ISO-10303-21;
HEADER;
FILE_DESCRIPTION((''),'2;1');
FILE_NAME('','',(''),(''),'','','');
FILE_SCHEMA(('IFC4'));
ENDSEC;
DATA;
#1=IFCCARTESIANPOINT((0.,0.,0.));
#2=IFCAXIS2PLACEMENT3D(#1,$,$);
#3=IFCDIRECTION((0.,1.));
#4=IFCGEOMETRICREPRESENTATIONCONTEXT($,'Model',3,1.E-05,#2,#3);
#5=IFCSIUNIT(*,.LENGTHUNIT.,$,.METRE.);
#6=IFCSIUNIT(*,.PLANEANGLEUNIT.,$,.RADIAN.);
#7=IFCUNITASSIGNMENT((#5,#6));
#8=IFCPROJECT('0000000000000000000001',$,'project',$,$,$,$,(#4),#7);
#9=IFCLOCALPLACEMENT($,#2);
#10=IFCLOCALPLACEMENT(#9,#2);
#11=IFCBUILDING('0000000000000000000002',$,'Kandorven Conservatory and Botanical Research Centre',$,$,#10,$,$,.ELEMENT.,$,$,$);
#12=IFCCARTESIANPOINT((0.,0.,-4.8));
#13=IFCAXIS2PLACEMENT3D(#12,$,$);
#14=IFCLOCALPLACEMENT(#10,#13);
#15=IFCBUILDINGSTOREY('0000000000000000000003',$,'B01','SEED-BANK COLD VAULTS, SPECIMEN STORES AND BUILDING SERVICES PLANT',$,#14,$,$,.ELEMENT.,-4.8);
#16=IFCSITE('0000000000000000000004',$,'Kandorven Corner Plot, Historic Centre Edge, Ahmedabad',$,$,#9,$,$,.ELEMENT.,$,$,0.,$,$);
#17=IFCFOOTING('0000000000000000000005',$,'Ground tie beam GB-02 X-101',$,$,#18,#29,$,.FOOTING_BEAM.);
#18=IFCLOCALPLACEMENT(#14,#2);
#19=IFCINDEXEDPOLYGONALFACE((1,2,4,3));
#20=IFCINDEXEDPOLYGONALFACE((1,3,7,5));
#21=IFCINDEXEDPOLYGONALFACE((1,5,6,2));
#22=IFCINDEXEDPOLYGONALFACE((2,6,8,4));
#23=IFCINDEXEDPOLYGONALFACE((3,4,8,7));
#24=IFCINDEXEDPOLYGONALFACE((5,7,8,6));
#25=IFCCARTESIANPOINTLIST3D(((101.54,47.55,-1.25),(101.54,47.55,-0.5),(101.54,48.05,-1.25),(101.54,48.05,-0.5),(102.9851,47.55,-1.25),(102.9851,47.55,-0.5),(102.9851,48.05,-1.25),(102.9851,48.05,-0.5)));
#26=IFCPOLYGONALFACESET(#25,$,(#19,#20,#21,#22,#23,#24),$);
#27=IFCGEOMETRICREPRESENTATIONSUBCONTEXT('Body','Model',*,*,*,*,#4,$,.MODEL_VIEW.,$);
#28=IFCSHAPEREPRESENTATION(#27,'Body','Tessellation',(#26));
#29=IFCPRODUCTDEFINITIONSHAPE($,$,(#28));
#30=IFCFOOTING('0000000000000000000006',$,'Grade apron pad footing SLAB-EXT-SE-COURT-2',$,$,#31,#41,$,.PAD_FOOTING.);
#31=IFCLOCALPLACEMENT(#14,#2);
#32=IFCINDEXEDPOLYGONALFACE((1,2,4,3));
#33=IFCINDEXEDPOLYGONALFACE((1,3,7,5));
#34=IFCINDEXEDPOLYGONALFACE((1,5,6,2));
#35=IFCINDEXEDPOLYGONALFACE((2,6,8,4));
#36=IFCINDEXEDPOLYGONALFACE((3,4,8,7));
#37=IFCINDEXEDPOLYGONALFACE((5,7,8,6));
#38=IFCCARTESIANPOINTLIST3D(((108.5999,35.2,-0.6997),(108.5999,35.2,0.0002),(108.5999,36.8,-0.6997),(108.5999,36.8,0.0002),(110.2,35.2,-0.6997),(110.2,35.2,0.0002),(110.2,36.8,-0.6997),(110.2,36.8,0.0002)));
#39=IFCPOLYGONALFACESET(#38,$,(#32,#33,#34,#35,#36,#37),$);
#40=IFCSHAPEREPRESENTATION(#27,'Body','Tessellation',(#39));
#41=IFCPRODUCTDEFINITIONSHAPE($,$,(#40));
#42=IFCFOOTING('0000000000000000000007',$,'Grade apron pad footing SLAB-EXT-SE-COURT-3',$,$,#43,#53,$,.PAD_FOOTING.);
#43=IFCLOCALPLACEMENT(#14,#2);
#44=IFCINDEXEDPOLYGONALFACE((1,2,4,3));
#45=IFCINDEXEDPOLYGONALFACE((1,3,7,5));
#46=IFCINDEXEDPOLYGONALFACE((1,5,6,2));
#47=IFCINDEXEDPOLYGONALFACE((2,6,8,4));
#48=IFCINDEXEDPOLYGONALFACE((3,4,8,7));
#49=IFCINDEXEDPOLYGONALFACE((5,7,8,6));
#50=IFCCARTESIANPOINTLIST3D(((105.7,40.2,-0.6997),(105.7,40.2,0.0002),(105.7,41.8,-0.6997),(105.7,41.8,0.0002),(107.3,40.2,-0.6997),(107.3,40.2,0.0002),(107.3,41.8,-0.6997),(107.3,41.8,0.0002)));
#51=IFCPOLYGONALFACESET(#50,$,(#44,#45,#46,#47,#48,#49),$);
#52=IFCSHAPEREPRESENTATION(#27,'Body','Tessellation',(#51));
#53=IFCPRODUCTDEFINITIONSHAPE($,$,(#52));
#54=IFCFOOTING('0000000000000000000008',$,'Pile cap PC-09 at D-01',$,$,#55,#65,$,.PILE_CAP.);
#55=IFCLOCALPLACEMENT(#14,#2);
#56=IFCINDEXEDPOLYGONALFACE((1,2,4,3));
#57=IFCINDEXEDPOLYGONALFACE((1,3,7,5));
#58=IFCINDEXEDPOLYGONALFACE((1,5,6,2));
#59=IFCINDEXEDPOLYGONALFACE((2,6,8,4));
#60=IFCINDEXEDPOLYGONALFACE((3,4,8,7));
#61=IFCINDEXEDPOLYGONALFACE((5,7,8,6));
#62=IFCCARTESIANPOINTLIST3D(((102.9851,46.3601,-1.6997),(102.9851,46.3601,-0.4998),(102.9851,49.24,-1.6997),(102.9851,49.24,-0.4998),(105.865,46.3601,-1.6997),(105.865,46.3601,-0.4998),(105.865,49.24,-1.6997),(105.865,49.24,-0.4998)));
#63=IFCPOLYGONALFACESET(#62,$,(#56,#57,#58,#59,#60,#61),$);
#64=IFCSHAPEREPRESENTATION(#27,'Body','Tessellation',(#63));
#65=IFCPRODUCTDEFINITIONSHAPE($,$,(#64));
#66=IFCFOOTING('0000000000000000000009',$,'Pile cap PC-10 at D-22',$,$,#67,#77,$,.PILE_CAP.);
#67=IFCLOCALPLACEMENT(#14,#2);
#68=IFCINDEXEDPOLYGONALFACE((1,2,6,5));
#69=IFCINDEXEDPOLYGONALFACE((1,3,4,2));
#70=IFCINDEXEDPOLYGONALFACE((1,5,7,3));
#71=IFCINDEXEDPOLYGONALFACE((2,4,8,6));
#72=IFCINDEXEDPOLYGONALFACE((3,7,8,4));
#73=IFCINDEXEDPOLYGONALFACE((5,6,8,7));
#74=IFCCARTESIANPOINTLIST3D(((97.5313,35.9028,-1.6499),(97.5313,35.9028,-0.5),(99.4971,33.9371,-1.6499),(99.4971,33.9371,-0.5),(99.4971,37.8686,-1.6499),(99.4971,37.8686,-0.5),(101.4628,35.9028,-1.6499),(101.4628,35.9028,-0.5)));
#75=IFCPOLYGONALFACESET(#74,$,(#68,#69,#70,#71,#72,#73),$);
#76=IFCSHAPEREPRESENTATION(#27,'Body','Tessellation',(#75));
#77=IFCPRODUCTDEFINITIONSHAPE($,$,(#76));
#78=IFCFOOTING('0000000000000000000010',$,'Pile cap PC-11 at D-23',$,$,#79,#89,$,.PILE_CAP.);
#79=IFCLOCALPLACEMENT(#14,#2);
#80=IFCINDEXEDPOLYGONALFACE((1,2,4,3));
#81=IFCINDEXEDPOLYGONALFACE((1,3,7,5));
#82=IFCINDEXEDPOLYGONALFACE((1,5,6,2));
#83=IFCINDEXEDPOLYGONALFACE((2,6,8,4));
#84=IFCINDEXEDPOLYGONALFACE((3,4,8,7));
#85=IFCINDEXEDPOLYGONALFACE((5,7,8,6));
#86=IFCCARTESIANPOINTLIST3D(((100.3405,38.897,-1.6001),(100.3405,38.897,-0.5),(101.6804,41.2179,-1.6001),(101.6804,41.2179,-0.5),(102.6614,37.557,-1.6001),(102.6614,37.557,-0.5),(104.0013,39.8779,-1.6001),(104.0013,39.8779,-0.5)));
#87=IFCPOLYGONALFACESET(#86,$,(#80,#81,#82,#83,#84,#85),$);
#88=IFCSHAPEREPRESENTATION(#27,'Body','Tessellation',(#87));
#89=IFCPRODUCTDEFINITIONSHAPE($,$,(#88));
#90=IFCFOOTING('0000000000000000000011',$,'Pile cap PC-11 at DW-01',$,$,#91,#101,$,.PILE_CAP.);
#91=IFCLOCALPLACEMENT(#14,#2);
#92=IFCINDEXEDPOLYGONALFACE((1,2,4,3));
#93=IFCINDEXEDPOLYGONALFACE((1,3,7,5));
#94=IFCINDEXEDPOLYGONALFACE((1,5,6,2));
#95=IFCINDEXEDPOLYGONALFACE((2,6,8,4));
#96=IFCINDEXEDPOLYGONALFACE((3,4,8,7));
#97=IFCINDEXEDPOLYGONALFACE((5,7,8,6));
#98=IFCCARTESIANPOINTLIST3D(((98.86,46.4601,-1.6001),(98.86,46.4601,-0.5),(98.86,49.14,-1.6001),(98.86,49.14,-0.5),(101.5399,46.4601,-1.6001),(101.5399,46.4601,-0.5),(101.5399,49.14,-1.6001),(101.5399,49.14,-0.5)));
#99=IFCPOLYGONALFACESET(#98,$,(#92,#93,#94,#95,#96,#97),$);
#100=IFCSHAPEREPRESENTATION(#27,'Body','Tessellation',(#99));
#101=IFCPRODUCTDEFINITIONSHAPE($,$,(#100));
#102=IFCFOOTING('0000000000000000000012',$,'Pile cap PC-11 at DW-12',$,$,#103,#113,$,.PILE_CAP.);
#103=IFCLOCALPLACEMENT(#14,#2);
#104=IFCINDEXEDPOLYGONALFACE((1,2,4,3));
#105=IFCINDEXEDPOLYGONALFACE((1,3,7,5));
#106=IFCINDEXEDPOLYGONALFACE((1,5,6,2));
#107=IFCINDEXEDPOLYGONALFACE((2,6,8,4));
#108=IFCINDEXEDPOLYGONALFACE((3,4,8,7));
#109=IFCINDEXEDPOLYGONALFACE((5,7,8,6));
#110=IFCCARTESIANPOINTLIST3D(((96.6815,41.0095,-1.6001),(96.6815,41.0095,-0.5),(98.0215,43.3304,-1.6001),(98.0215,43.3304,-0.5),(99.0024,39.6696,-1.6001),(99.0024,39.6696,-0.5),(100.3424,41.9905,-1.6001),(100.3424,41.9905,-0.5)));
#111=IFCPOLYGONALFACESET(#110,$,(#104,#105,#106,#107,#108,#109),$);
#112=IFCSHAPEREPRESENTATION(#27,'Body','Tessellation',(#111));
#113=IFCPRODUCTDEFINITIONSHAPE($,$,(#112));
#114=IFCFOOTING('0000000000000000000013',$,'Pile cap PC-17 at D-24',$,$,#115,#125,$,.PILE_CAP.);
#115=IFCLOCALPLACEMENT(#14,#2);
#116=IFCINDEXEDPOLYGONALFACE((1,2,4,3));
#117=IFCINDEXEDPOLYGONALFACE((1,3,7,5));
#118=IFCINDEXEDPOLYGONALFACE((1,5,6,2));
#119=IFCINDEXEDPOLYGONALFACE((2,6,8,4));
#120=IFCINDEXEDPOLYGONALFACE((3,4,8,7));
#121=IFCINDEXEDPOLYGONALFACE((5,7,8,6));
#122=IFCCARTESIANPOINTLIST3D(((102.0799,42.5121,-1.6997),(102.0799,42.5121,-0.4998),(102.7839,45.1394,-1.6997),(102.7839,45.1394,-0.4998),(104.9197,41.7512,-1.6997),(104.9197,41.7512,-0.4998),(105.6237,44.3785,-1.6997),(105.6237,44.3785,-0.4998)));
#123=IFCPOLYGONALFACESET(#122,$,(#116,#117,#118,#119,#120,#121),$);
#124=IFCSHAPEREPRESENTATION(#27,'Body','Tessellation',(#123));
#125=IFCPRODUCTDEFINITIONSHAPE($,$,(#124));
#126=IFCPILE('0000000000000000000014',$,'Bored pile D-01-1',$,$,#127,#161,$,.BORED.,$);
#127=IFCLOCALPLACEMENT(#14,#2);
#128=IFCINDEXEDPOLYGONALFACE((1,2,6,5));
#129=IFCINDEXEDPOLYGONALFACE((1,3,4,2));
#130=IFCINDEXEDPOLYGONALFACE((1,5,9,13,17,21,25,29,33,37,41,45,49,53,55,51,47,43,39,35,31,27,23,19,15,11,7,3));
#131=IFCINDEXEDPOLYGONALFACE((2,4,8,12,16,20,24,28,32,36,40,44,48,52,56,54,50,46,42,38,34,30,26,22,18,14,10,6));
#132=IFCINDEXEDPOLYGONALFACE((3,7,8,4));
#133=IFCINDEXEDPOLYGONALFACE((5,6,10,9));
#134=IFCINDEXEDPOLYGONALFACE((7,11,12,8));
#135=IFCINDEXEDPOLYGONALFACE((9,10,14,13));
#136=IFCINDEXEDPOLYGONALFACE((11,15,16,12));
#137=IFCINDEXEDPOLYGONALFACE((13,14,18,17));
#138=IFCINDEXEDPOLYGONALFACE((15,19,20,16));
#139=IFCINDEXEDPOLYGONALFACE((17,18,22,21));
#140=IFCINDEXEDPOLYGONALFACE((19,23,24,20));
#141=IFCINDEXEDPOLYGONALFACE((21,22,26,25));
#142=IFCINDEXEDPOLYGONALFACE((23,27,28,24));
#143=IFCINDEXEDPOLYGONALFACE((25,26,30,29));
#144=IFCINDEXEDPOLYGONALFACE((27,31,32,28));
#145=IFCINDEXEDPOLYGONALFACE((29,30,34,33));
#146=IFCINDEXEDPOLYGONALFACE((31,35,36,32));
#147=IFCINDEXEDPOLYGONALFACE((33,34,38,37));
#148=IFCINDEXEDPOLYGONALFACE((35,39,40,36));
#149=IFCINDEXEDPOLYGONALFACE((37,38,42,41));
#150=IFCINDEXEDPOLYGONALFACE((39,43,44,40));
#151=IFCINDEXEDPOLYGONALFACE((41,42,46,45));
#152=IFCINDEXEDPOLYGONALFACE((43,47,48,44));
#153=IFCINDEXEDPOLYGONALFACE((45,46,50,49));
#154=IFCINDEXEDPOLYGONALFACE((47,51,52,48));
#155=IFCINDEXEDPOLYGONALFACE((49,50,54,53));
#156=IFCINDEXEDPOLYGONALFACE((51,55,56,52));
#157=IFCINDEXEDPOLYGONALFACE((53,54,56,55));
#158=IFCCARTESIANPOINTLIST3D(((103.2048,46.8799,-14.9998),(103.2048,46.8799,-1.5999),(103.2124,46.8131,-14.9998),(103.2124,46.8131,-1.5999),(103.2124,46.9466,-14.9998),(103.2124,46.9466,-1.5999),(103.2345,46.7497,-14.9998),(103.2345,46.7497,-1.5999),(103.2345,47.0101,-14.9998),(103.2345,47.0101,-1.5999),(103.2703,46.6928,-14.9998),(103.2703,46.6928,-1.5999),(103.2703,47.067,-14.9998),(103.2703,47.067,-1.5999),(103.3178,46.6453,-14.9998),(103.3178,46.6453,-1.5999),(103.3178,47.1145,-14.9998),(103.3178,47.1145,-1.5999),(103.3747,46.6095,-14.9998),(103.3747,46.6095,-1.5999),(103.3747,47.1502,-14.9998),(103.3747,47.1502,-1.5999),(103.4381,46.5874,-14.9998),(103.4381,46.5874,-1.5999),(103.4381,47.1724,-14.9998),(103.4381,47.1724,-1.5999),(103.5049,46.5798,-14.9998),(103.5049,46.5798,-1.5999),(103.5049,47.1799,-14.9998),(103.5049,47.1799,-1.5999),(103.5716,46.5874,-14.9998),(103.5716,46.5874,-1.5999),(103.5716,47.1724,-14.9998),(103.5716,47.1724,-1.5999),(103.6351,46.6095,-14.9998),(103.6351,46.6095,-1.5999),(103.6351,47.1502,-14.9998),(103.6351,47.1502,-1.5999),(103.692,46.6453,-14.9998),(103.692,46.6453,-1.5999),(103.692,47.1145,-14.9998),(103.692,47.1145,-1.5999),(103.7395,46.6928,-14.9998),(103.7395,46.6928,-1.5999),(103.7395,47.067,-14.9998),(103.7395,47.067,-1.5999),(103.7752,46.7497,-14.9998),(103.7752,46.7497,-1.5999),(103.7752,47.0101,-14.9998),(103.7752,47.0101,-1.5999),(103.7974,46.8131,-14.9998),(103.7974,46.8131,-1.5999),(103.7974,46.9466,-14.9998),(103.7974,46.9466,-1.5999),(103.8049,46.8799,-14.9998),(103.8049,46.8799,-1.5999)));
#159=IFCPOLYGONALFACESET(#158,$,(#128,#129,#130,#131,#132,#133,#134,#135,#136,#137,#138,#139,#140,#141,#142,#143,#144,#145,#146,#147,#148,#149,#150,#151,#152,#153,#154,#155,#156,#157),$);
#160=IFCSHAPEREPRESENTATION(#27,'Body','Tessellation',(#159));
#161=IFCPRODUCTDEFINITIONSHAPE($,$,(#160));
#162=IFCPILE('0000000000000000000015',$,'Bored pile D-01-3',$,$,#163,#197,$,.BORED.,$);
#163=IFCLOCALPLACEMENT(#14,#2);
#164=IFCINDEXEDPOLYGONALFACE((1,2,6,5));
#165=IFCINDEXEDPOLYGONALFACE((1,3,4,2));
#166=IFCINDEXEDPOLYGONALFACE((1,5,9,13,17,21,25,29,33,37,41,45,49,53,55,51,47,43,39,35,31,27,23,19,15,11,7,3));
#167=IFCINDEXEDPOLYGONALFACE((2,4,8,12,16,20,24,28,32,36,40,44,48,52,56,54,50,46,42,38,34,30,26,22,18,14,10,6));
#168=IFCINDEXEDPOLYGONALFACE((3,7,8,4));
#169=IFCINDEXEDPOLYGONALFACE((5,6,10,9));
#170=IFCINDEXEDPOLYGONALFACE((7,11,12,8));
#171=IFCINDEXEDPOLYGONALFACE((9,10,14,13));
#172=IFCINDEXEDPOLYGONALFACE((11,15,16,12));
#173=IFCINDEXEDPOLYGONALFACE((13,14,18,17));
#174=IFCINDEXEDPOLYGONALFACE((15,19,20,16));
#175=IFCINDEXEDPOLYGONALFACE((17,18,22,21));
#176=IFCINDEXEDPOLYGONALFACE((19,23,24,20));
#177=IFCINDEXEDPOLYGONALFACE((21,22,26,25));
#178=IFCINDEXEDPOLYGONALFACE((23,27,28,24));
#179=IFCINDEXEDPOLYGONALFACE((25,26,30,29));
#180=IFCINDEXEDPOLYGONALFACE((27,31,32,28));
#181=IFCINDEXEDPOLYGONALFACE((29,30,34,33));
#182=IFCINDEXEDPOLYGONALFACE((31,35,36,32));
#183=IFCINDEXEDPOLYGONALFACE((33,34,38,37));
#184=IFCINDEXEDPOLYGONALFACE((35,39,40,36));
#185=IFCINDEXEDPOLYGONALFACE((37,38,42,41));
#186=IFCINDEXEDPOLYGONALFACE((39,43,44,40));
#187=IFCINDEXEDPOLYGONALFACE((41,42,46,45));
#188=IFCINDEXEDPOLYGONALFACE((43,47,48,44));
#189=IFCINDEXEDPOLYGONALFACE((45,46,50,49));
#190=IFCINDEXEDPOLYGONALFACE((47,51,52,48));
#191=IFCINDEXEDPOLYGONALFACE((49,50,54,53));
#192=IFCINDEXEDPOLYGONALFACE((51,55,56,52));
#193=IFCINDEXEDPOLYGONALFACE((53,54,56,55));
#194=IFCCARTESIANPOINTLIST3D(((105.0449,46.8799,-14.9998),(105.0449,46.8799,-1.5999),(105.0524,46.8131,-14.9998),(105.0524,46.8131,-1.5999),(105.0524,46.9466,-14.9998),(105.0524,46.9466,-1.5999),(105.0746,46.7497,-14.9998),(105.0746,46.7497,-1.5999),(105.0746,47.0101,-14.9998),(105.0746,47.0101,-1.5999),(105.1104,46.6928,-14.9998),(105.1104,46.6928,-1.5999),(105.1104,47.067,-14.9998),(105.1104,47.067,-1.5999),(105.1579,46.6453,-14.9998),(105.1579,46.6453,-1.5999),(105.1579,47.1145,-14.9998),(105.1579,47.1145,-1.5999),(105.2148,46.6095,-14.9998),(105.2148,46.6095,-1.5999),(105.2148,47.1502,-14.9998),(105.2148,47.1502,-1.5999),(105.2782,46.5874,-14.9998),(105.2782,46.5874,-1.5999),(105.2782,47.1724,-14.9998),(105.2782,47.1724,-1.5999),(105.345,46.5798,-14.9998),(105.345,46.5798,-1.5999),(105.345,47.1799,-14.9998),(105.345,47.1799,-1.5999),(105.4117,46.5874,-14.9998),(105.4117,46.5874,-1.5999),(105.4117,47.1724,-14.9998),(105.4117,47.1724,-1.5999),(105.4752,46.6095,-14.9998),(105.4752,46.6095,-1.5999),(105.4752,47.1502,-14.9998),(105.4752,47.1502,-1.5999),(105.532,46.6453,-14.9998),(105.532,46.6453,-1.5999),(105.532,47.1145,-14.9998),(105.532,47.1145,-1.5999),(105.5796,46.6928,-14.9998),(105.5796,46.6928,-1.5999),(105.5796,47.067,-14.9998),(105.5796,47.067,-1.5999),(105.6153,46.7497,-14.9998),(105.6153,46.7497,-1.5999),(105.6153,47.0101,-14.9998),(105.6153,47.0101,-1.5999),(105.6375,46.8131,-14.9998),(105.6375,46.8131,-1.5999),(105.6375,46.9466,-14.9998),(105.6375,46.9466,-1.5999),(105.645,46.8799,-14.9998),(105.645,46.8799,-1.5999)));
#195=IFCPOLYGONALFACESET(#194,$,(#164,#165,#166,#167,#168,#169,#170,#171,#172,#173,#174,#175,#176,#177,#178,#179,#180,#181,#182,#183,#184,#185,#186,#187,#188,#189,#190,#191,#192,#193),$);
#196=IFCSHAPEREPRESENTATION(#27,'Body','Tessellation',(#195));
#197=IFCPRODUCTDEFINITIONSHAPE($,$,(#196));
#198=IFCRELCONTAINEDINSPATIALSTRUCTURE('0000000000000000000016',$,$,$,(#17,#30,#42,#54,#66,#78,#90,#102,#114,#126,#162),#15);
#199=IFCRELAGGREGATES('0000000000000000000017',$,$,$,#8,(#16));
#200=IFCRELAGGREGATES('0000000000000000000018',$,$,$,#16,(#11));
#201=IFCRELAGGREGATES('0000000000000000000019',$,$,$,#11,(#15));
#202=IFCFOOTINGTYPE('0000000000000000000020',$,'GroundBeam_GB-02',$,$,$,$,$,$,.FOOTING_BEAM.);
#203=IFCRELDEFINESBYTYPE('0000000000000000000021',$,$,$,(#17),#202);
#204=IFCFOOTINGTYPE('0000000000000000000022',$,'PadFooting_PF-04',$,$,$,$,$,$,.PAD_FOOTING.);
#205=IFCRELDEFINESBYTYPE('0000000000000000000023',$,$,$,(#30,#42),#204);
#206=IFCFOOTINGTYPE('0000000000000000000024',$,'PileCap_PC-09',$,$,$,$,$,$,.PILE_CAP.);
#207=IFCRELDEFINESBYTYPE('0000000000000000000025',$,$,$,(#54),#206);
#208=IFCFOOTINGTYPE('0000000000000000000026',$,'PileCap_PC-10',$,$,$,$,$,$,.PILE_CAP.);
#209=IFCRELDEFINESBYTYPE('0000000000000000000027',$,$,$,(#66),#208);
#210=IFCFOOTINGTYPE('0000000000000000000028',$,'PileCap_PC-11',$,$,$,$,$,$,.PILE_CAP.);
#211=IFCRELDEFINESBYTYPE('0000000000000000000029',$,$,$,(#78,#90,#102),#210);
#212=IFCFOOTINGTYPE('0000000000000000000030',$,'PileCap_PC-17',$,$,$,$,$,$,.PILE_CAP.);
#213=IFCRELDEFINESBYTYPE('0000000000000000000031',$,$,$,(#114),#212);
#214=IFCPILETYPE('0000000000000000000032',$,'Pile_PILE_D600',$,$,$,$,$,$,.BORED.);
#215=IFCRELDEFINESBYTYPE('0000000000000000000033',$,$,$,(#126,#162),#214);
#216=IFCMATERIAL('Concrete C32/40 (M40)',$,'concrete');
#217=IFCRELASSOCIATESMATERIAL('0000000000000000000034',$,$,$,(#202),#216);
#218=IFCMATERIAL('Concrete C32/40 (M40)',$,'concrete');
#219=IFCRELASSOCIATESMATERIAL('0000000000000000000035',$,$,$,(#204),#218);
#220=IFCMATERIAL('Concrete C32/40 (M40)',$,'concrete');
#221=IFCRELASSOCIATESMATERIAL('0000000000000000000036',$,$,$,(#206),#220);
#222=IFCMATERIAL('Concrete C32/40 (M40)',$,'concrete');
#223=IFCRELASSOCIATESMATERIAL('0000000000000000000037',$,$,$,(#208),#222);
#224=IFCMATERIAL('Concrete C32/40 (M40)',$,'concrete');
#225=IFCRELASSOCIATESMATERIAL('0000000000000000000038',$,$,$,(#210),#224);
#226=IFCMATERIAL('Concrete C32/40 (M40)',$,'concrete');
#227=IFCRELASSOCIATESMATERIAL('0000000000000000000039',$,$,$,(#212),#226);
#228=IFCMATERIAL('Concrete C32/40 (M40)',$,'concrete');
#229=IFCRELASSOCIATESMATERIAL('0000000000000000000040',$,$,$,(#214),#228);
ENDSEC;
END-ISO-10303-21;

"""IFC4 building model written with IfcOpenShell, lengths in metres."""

from ifc_helpers import new_model, si_unit, direction, frame, origin, origin_2d, place, context, subcontext, project, spatial, rectangle, circle, extrude, material, material_profile, profile_set, type_object, element, save


model = new_model("IFC4")

# Units and contexts
model_context = context("Model", 3, precision=1e-05, world=origin(), true_north=direction((0.0, 1.0)))
body_context = subcontext(model_context, "Body", "Model", "MODEL_VIEW")
ifc_project = project(units=[si_unit("LENGTHUNIT", "METRE"), si_unit("PLANEANGLEUNIT", "RADIAN")], contexts=[model_context])

# Site, building, storey
site_placement = place(None, origin())
site = spatial("IfcSite", under=ifc_project, at=site_placement, Name="Kandorven Corner Plot, Historic Centre Edge, Ahmedabad", CompositionType="ELEMENT", RefElevation=0.0)
building_placement = place(site_placement, origin())
building = spatial("IfcBuilding", under=site, at=building_placement, Name="Kandorven Conservatory and Botanical Research Centre", CompositionType="ELEMENT")
storey_placement = place(building_placement, frame((0.0, 0.0, -4.8)))
storey = spatial("IfcBuildingStorey", under=building, at=storey_placement, Name="B01", Description="SEED-BANK COLD VAULTS, SPECIMEN STORES AND BUILDING SERVICES PLANT", CompositionType="ELEMENT", Elevation=-4.8)

# Footings
ifc_material_1 = material(Name="Concrete C32/40 (M40)", Category="concrete")
ifc_material_profile_1 = material_profile(ifc_material_1, rectangle(XDim=0.5, YDim=0.75, at=origin_2d()))
ifc_profile_set_1 = profile_set([ifc_material_profile_1], Name="Concrete C32/40 (M40)")
footing_type_1 = type_object("IfcFootingType", Name="GroundBeam_GB-02", PredefinedType="FOOTING_BEAM", material=ifc_profile_set_1)
footing_1_placement = place(storey_placement, frame((101.54, 47.8, -0.875), z_axis=(1.0, 0.0, 0.0), x_axis=(0.0, 1.0, 0.0)))
element("IfcFooting", 1, at=footing_1_placement, inside=storey, type_object=footing_type_1, Name="Ground tie beam GB-02 X-101", PredefinedType="FOOTING_BEAM", context=body_context, shape_type="SweptSolid", body=[
    extrude(rectangle(XDim=0.5, YDim=0.75, at=origin_2d()), origin(), (0.0, 0.0, 1.0), 1.4451),
])
ifc_material_2 = material(Name="Concrete C32/40 (M40)", Category="concrete")
footing_type_2 = type_object("IfcFootingType", Name="PadFooting_PF-04", PredefinedType="PAD_FOOTING", material=ifc_material_2)
for number, where, z_axis, x_axis, name in (
    (2, (109.3999, 36.0, -0.6997), (0.0, 0.0, 1.0), (1.0, 0.0, 0.0), "Grade apron pad footing SLAB-EXT-SE-COURT-2"),
    (3, (106.5, 41.0, -0.6997), (0.0, 0.0, 1.0), (1.0, 0.0, 0.0), "Grade apron pad footing SLAB-EXT-SE-COURT-3"),
):
    element("IfcFooting", number, at=place(storey_placement, frame(where, z_axis=z_axis, x_axis=x_axis)), inside=storey, type_object=footing_type_2, Name=name, PredefinedType="PAD_FOOTING", context=body_context, shape_type="SweptSolid", body=[
        extrude(rectangle(XDim=1.6001, YDim=1.6001, at=origin_2d()), origin(), (0.0, 0.0, 1.0), 0.7),
    ])
ifc_material_3 = material(Name="Concrete C32/40 (M40)", Category="concrete")
footing_type_3 = type_object("IfcFootingType", Name="PileCap_PC-09", PredefinedType="PILE_CAP", material=ifc_material_3)
footing_2_placement = place(storey_placement, frame((104.425, 47.8, -1.6997), z_axis=(0.0, 0.0, 1.0), x_axis=(1.0, 0.0, 0.0)))
element("IfcFooting", 4, at=footing_2_placement, inside=storey, type_object=footing_type_3, Name="Pile cap PC-09 at D-01", PredefinedType="PILE_CAP", context=body_context, shape_type="SweptSolid", body=[
    extrude(rectangle(XDim=2.8799, YDim=2.8799, at=origin_2d()), origin(), (0.0, 0.0, 1.0), 1.2),
])
ifc_material_4 = material(Name="Concrete C32/40 (M40)", Category="concrete")
footing_type_4 = type_object("IfcFootingType", Name="PileCap_PC-10", PredefinedType="PILE_CAP", material=ifc_material_4)
footing_3_placement = place(storey_placement, frame((99.4971, 35.9028, -1.6499), z_axis=(0.0, 0.0, 1.0), x_axis=(0.707107, -0.707107, 0.0)))
element("IfcFooting", 5, at=footing_3_placement, inside=storey, type_object=footing_type_4, Name="Pile cap PC-10 at D-22", PredefinedType="PILE_CAP", context=body_context, shape_type="SweptSolid", body=[
    extrude(rectangle(XDim=2.78, YDim=2.78, at=origin_2d()), origin(), (0.0, 0.0, 1.0), 1.1499),
])
ifc_material_5 = material(Name="Concrete C32/40 (M40)", Category="concrete")
footing_type_5 = type_object("IfcFootingType", Name="PileCap_PC-11", PredefinedType="PILE_CAP", material=ifc_material_5)
for number, where, z_axis, x_axis, name in (
    (6, (102.1709, 39.3875, -1.6001), (0.0, 0.0, 1.0), (0.866025, -0.5, 0.0), "Pile cap PC-11 at D-23"),
    (7, (100.2, 47.8, -1.6001), (0.0, 0.0, 1.0), (1.0, 0.0, 0.0), "Pile cap PC-11 at DW-01"),
    (8, (98.512, 41.5, -1.6001), (0.0, 0.0, 1.0), (0.866025, -0.5, 0.0), "Pile cap PC-11 at DW-12"),
):
    element("IfcFooting", number, at=place(storey_placement, frame(where, z_axis=z_axis, x_axis=x_axis)), inside=storey, type_object=footing_type_5, Name=name, PredefinedType="PILE_CAP", context=body_context, shape_type="SweptSolid", body=[
        extrude(rectangle(XDim=2.6799, YDim=2.6799, at=origin_2d()), origin(), (0.0, 0.0, 1.0), 1.1001),
    ])
ifc_material_6 = material(Name="Concrete C32/40 (M40)", Category="concrete")
footing_type_6 = type_object("IfcFootingType", Name="PileCap_PC-17", PredefinedType="PILE_CAP", material=ifc_material_6)
footing_4_placement = place(storey_placement, frame((103.8518, 43.4453, -1.6997), z_axis=(0.0, 0.0, 1.0), x_axis=(0.965926, -0.258819, 0.0)))
element("IfcFooting", 9, at=footing_4_placement, inside=storey, type_object=footing_type_6, Name="Pile cap PC-17 at D-24", PredefinedType="PILE_CAP", context=body_context, shape_type="SweptSolid", body=[
    extrude(rectangle(XDim=2.9399, YDim=2.72, at=origin_2d()), origin(), (0.0, 0.0, 1.0), 1.2),
])

# Piles
ifc_material_7 = material(Name="Concrete C32/40 (M40)", Category="concrete")
ifc_material_profile_2 = material_profile(ifc_material_7, circle(Radius=0.3, at=origin_2d()))
ifc_profile_set_2 = profile_set([ifc_material_profile_2], Name="Concrete C32/40 (M40)")
pile_type = type_object("IfcPileType", Name="Pile_PILE_D600", PredefinedType="BORED", material=ifc_profile_set_2)
for number, where, z_axis, x_axis, name in (
    (10, (103.5049, 46.8799, -1.5999), (0.0, 0.0, -1.0), (1.0, 0.0, 0.0), "Bored pile D-01-1"),
    (11, (105.345, 46.8799, -1.5999), (0.0, 0.0, -1.0), (1.0, 0.0, 0.0), "Bored pile D-01-3"),
):
    element("IfcPile", number, at=place(storey_placement, frame(where, z_axis=z_axis, x_axis=x_axis)), inside=storey, type_object=pile_type, Name=name, PredefinedType="BORED", context=body_context, shape_type="SweptSolid", body=[
        extrude(circle(Radius=0.3, at=origin_2d()), origin(), (0.0, 0.0, 1.0), 13.3999),
    ])

save(model, "model.ifc")
